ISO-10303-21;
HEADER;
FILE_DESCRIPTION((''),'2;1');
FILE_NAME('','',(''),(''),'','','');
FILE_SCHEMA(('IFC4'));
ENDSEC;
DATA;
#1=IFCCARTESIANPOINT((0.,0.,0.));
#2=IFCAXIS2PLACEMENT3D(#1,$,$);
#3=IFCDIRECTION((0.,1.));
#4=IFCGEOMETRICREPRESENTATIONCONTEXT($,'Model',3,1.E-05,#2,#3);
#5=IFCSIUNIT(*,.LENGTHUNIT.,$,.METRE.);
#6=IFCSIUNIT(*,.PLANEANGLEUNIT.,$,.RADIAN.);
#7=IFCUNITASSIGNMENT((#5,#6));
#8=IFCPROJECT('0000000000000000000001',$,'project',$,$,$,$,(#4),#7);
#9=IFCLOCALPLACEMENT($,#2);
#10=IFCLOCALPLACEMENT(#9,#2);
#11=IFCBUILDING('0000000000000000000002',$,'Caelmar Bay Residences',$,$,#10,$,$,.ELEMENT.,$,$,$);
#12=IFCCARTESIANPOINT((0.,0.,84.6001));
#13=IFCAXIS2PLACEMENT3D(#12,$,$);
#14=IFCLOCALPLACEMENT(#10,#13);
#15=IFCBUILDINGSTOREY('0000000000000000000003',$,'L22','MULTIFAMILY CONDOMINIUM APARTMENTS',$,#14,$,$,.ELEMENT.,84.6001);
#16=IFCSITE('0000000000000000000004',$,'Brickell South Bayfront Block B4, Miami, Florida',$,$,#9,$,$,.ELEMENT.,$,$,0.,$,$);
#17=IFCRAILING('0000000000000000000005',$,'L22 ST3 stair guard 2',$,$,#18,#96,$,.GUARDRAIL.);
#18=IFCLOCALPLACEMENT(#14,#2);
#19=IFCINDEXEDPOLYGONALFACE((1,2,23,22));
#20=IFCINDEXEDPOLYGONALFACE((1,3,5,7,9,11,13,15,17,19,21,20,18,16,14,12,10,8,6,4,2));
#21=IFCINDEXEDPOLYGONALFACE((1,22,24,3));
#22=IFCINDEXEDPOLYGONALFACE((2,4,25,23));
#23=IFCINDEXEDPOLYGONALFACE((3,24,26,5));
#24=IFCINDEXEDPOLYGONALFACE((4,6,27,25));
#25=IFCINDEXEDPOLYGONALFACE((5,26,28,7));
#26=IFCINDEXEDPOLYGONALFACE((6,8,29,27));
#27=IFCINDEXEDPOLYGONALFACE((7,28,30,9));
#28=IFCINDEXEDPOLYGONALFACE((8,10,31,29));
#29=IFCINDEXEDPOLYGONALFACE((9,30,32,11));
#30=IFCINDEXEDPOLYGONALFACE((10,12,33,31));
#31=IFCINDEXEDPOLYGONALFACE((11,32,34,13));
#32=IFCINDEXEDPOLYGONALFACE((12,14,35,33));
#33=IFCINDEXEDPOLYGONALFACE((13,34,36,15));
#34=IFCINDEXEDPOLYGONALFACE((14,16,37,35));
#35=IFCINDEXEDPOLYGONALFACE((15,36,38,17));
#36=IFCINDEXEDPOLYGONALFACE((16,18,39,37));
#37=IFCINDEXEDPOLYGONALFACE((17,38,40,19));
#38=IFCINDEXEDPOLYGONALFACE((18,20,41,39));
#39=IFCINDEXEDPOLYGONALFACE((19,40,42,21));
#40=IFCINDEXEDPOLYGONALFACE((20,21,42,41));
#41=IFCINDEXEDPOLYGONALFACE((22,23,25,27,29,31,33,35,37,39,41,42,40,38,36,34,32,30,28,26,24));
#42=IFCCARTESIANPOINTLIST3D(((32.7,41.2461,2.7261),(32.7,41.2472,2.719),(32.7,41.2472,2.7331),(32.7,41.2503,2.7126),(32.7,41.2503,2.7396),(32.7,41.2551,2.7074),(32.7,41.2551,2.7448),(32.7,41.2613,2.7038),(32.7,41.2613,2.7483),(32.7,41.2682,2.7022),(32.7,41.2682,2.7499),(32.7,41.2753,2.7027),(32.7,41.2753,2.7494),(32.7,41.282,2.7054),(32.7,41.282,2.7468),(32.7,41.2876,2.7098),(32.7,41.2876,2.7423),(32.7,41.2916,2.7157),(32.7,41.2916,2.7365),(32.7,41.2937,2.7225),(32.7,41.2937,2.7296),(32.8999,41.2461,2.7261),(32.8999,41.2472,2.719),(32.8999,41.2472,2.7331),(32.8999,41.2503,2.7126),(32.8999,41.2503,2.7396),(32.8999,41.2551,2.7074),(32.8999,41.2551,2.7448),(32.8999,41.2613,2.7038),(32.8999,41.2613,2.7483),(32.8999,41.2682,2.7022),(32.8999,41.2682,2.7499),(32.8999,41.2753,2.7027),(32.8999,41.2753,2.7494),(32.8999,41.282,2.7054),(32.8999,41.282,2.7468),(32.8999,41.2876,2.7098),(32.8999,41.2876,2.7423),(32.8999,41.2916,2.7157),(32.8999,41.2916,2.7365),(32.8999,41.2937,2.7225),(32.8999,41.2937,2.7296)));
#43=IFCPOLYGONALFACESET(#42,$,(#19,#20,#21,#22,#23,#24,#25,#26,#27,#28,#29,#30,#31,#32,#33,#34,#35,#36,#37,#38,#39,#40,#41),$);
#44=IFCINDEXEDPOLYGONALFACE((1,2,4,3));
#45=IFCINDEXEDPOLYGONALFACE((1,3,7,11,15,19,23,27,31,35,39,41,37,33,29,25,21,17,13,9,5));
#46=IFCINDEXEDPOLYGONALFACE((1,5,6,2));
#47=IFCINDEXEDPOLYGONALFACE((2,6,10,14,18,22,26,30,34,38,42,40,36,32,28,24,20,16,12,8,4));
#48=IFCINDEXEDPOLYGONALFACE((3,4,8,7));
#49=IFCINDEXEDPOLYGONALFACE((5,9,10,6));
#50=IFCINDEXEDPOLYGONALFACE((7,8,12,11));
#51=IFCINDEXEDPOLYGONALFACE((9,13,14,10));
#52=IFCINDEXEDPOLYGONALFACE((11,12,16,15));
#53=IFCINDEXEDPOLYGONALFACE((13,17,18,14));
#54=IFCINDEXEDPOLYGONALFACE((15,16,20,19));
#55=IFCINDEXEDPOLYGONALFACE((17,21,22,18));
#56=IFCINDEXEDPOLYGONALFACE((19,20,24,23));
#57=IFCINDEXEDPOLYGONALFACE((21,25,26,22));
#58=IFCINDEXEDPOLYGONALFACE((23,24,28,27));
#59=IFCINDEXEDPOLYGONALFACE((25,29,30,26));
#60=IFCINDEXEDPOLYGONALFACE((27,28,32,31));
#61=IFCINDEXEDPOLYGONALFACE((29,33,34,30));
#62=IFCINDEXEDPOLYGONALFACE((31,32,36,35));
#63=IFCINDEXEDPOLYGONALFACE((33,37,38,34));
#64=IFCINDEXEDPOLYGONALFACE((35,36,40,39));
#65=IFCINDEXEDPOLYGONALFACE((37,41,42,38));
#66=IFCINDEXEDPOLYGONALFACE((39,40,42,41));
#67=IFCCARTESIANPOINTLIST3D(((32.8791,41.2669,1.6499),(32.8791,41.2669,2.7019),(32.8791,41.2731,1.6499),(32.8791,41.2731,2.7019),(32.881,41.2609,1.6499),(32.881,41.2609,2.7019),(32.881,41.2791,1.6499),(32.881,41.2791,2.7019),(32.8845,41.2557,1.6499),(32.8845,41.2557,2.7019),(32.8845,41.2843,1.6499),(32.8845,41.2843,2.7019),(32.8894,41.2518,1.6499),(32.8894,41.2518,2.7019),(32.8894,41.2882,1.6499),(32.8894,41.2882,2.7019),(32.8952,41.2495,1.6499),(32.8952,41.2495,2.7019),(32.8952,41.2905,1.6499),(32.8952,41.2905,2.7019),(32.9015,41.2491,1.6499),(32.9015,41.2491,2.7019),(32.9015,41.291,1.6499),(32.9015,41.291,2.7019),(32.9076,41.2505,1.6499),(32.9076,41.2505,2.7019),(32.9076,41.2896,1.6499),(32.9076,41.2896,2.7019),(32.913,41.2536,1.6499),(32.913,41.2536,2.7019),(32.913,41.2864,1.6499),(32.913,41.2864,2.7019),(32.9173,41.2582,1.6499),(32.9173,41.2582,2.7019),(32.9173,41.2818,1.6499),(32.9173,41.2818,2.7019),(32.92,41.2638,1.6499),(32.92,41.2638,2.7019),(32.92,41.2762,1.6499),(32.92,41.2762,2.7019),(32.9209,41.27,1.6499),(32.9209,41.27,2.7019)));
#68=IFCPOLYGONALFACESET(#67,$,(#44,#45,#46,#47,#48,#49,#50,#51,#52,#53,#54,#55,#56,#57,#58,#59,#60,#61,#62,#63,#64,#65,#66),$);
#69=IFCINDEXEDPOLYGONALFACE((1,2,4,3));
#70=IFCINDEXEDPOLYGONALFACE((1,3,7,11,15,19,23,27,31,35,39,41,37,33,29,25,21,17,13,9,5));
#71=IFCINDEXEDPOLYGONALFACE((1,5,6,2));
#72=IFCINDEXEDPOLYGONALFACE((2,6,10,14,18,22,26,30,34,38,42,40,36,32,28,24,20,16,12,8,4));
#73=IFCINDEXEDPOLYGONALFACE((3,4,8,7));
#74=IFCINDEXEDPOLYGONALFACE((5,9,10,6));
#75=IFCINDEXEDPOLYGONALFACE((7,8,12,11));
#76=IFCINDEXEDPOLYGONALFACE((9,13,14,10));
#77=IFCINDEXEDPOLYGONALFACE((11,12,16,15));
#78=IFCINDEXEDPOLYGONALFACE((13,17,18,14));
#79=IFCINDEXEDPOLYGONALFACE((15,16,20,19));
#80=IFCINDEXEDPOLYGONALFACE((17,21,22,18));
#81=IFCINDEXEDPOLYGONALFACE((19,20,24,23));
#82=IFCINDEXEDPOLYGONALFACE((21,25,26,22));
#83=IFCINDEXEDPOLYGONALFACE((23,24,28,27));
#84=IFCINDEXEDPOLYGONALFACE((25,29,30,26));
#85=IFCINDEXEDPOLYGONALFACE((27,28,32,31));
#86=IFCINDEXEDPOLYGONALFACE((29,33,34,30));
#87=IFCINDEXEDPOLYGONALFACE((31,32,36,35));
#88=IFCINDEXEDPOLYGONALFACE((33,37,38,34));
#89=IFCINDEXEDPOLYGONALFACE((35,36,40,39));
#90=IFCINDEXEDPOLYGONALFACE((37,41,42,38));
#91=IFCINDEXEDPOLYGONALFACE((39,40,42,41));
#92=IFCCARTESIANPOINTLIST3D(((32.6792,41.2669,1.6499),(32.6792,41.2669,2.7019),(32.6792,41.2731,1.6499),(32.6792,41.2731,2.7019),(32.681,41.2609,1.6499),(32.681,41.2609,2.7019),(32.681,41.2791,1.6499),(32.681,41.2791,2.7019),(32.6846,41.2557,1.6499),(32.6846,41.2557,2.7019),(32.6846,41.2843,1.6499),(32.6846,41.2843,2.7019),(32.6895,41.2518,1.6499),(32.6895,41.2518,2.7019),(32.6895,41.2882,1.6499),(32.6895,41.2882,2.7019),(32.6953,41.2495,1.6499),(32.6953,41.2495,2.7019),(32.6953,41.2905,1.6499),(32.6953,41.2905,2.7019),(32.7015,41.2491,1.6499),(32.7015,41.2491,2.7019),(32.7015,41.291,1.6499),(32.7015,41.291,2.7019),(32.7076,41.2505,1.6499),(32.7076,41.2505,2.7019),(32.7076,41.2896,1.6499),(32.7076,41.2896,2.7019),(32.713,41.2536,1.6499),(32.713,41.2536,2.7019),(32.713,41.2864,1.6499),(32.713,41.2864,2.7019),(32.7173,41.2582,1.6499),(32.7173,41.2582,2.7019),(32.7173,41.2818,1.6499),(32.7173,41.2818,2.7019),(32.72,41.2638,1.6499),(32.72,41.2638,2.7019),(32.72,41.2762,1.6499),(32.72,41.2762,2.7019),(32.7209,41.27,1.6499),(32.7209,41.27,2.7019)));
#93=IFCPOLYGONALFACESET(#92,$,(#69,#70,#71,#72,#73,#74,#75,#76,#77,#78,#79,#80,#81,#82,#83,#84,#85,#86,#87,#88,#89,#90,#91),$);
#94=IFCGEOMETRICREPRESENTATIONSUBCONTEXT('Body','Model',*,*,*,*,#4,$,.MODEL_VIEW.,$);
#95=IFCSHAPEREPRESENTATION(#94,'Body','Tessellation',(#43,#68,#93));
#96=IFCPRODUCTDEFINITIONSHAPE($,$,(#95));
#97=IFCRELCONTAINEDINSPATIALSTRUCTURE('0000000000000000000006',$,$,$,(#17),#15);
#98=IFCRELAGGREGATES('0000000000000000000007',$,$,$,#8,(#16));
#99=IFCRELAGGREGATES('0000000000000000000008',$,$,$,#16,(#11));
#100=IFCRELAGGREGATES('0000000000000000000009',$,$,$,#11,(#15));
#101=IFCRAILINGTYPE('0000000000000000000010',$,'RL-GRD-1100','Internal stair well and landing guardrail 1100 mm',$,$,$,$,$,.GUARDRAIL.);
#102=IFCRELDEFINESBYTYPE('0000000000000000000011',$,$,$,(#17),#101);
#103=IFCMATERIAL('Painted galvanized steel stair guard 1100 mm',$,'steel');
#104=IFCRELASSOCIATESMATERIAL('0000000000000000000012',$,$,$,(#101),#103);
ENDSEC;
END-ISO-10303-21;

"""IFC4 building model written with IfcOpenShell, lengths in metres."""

from ifc_helpers import new_model, si_unit, direction, frame, origin, origin_2d, place, context, subcontext, project, spatial, circle, extrude, material, type_object, element, save


model = new_model("IFC4")

# Units and contexts
model_context = context("Model", 3, precision=1e-05, world=origin(), true_north=direction((0.0, 1.0)))
body_context = subcontext(model_context, "Body", "Model", "MODEL_VIEW")
ifc_project = project(units=[si_unit("LENGTHUNIT", "METRE"), si_unit("PLANEANGLEUNIT", "RADIAN")], contexts=[model_context])

# Site, building, storey
site_placement = place(None, origin())
site = spatial("IfcSite", under=ifc_project, at=site_placement, Name="Brickell South Bayfront Block B4, Miami, Florida", CompositionType="ELEMENT", RefElevation=0.0)
building_placement = place(site_placement, origin())
building = spatial("IfcBuilding", under=site, at=building_placement, Name="Caelmar Bay Residences", CompositionType="ELEMENT")
storey_placement = place(building_placement, frame((0.0, 0.0, 84.6001)))
storey = spatial("IfcBuildingStorey", under=building, at=storey_placement, Name="L22", Description="MULTIFAMILY CONDOMINIUM APARTMENTS", CompositionType="ELEMENT", Elevation=84.6001)

# Railing
ifc_material_1 = material(Name="Painted galvanized steel stair guard 1100 mm", Category="steel")
railing_type_1 = type_object("IfcRailingType", Name="RL-GRD-1100", Description="Internal stair well and landing guardrail 1100 mm", PredefinedType="GUARDRAIL", material=ifc_material_1)
railing_1_placement = place(storey_placement, frame((32.8999, 41.27, 1.6499)))
element("IfcRailing", 1, at=railing_1_placement, inside=storey, type_object=railing_type_1, Name="L22 ST3 stair guard 2", PredefinedType="GUARDRAIL", context=body_context, shape_type="SweptSolid", body=[
    extrude(circle(Radius=0.0239, at=origin_2d()), frame((0.0, 0.0, 1.0762), z_axis=(-1.0, 0.0, 0.0), x_axis=(0.0, -1.0, 0.0)), (0.0, 0.0, 1.0), 0.2),
    extrude(circle(Radius=0.021, at=origin_2d()), origin(), (0.0, 0.0, 1.0), 1.052),
    extrude(circle(Radius=0.021, at=origin_2d()), frame((-0.2, 0.0, 0.0)), (0.0, 0.0, 1.0), 1.052),
])

save(model, "model.ifc")
